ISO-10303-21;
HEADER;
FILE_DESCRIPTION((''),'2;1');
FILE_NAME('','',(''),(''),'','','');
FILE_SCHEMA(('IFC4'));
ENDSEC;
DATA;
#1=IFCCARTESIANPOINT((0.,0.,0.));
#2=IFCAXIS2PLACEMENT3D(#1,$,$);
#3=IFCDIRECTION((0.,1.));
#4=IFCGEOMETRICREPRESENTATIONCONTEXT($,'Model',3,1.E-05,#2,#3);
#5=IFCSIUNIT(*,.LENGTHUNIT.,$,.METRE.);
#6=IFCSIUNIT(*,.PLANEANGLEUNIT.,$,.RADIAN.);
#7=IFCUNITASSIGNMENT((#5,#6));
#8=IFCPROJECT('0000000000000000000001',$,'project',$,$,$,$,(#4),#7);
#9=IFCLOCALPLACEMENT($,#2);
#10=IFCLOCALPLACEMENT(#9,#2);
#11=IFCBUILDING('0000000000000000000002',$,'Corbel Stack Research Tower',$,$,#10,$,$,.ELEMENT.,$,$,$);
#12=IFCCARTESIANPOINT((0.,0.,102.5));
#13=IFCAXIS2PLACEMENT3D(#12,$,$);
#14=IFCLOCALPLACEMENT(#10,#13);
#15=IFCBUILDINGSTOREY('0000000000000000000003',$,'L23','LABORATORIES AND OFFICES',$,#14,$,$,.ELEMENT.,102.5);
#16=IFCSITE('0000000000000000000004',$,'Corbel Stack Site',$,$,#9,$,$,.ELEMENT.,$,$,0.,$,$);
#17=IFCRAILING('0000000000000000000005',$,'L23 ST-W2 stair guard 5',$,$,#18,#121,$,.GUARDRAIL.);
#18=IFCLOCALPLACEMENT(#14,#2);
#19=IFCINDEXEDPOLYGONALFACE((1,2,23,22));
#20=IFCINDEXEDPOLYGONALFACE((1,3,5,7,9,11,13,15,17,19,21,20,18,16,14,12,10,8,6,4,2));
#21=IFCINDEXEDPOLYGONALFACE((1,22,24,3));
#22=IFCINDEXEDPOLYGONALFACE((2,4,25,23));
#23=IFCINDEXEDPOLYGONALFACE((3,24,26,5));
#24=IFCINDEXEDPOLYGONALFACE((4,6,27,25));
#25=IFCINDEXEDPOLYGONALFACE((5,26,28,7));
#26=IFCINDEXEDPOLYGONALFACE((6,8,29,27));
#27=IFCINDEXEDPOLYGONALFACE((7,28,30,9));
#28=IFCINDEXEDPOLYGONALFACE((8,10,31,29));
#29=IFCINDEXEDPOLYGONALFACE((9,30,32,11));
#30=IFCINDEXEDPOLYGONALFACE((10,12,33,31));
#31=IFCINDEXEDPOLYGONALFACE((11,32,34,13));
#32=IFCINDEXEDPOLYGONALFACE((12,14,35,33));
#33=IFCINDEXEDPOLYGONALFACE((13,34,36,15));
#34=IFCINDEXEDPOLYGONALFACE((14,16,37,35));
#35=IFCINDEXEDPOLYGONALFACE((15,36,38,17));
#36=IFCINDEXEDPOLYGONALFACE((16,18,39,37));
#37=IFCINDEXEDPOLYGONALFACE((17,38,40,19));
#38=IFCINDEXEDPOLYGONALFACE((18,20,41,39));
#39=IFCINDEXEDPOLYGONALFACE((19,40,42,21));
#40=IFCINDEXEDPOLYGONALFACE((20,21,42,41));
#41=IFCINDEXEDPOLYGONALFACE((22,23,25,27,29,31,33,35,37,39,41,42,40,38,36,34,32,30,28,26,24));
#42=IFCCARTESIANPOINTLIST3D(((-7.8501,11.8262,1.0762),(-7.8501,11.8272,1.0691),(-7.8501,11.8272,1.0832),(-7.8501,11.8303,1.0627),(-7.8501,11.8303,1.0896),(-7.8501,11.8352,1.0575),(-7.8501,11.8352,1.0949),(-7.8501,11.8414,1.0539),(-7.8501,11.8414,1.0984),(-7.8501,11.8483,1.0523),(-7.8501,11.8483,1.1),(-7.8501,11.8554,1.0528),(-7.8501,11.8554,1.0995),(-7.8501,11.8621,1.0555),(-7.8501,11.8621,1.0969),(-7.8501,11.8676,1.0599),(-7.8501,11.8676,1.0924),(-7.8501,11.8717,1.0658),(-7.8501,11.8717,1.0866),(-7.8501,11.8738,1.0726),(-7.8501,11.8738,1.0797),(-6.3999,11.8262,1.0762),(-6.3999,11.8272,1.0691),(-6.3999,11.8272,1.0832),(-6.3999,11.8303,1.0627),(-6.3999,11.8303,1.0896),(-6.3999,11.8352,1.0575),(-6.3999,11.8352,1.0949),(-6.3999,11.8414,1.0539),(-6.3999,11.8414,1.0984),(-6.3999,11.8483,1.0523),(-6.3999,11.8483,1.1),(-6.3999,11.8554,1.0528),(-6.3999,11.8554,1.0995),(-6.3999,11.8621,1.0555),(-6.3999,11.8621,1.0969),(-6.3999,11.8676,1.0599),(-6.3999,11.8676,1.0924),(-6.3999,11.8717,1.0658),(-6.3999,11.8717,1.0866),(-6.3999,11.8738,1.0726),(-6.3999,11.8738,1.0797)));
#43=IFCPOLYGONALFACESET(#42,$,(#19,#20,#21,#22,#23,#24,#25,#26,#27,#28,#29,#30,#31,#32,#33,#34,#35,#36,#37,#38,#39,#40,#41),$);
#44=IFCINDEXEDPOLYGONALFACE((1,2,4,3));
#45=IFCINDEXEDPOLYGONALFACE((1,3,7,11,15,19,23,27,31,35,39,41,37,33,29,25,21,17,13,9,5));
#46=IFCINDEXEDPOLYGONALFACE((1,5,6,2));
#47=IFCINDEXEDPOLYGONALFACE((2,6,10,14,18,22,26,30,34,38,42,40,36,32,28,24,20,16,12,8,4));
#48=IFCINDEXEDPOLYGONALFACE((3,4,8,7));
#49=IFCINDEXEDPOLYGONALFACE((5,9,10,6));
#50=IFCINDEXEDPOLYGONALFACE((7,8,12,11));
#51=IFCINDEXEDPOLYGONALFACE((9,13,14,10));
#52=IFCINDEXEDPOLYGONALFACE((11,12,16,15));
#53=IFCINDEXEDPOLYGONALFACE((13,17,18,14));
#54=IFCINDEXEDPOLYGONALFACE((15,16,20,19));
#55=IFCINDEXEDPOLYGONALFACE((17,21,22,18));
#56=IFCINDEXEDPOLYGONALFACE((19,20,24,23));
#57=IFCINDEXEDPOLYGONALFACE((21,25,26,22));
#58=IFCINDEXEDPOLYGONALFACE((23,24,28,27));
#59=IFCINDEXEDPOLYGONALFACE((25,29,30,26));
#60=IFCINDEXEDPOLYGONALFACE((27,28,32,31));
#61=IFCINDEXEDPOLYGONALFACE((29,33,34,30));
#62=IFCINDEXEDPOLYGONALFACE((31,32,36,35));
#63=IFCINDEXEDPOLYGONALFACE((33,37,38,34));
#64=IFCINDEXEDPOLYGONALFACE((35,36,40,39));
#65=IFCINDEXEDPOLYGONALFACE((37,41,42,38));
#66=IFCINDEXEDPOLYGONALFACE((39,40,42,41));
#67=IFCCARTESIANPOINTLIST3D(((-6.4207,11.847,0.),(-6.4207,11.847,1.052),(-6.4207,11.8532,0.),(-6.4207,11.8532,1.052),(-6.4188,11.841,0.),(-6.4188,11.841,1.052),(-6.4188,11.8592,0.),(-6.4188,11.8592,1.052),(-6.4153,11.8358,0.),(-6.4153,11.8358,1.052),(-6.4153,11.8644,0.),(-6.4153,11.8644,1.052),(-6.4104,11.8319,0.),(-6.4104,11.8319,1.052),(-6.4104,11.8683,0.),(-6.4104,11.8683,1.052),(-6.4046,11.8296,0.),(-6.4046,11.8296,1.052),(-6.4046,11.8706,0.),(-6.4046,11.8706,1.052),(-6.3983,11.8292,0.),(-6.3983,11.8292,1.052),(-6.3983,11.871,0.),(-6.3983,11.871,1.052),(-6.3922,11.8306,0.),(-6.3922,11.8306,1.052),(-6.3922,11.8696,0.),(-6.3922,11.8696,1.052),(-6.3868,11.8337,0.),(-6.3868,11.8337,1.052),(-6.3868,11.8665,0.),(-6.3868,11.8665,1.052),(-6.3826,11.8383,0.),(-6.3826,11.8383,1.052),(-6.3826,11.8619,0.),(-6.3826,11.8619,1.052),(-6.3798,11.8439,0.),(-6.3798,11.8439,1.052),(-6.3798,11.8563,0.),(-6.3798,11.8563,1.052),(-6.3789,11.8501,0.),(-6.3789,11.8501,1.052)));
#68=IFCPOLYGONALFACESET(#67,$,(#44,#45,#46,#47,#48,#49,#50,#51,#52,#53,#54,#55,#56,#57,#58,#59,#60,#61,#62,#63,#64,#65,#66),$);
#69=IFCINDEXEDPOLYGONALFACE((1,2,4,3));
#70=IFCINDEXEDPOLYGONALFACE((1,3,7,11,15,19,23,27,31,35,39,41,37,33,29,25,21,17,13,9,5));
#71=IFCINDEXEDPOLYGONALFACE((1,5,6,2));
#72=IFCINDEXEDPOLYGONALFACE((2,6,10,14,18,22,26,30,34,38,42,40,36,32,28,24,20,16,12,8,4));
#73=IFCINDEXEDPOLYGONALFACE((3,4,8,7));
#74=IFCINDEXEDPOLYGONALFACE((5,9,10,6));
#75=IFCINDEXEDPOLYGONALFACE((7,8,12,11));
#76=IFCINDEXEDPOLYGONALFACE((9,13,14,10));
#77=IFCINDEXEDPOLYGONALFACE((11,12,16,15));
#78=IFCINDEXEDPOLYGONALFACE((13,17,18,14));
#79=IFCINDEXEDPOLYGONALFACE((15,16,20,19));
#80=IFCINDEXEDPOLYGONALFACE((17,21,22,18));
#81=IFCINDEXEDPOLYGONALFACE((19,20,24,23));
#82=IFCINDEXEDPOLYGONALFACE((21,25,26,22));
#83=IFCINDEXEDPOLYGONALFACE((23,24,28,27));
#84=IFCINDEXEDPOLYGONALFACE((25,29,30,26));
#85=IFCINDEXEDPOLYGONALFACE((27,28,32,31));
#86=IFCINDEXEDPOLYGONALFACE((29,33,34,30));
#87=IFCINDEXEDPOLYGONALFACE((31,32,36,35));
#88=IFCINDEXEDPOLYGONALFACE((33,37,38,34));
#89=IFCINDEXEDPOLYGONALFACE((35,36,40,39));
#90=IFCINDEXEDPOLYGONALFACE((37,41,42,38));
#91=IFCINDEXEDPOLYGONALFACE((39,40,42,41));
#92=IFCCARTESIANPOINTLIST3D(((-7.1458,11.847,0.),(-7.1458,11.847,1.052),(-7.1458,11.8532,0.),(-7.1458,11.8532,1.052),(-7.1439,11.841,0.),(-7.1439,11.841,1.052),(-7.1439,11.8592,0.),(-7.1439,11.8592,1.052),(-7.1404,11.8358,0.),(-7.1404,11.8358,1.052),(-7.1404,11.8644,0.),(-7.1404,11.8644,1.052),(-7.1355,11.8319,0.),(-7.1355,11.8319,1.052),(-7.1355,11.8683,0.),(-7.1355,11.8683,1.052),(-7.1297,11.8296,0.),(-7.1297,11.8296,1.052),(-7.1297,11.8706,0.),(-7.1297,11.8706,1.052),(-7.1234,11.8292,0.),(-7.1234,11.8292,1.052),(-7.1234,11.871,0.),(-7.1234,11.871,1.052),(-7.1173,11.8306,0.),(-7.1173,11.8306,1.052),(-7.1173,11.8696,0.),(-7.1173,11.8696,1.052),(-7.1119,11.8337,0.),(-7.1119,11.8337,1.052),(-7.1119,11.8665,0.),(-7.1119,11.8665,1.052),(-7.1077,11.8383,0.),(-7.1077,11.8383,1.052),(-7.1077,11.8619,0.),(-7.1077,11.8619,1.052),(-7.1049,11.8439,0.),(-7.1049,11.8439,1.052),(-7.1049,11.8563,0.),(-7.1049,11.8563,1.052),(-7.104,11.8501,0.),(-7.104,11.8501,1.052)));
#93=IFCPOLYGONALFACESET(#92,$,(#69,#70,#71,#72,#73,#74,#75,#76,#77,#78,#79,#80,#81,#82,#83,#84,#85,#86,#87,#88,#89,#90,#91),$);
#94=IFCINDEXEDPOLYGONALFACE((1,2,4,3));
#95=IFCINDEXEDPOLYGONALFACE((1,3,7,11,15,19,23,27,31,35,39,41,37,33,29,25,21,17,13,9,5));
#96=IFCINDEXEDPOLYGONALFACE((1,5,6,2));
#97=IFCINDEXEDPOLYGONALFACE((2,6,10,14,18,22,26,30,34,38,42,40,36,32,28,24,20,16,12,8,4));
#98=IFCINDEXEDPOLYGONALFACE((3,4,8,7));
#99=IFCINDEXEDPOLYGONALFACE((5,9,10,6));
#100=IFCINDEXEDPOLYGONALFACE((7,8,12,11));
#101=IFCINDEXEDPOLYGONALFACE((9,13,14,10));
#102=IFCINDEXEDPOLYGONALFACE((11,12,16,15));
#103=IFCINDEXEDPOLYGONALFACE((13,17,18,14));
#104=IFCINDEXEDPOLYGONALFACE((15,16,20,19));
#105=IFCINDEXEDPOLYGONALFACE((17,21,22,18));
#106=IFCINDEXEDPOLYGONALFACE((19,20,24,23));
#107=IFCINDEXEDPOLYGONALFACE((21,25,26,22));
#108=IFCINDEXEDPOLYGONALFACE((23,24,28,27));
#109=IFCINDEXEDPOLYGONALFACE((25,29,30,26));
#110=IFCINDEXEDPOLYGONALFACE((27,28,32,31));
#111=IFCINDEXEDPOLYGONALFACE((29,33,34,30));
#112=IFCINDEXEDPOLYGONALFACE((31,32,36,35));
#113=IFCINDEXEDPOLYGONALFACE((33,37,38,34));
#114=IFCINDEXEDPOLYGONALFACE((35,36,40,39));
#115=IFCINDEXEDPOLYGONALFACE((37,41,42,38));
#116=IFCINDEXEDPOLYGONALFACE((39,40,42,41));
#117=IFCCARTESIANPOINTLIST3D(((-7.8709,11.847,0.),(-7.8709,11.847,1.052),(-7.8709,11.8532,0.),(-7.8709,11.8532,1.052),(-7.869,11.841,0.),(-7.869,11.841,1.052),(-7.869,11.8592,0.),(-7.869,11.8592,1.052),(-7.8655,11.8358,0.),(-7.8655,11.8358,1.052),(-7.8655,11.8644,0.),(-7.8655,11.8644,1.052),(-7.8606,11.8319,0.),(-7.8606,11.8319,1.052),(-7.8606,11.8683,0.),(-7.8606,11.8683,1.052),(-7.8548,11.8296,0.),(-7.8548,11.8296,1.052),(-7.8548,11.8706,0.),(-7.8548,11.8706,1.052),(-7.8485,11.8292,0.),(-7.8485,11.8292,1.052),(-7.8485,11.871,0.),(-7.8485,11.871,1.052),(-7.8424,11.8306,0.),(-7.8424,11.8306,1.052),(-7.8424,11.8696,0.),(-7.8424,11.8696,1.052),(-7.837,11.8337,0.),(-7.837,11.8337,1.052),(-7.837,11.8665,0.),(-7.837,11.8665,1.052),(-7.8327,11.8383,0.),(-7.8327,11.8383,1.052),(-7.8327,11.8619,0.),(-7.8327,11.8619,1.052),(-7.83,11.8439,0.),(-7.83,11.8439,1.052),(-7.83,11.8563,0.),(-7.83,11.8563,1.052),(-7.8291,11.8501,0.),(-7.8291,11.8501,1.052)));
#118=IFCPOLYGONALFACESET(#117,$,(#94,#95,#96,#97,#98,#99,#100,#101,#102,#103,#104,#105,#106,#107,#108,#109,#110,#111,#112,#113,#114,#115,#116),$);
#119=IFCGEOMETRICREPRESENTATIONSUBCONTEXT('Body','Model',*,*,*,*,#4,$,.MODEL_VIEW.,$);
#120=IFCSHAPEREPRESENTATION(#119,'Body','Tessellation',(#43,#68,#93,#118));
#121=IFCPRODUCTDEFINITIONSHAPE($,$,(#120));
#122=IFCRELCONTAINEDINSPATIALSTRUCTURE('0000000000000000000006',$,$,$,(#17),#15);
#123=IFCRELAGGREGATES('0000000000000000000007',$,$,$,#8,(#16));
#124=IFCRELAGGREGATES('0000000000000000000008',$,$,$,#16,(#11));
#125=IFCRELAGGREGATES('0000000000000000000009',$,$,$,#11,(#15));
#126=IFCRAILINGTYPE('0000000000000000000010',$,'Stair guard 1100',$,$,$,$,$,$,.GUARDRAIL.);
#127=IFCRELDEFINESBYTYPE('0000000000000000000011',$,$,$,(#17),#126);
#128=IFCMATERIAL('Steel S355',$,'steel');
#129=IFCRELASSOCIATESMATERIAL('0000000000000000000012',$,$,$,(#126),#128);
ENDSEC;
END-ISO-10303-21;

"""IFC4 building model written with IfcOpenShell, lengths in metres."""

from ifc_helpers import new_model, si_unit, direction, frame, origin, origin_2d, place, context, subcontext, project, spatial, circle, extrude, material, type_object, element, save


model = new_model("IFC4")

# Units and contexts
model_context = context("Model", 3, precision=1e-05, world=origin(), true_north=direction((0.0, 1.0)))
body_context = subcontext(model_context, "Body", "Model", "MODEL_VIEW")
ifc_project = project(units=[si_unit("LENGTHUNIT", "METRE"), si_unit("PLANEANGLEUNIT", "RADIAN")], contexts=[model_context])

# Site, building, storey
site_placement = place(None, origin())
site = spatial("IfcSite", under=ifc_project, at=site_placement, Name="Corbel Stack Site", CompositionType="ELEMENT", RefElevation=0.0)
building_placement = place(site_placement, origin())
building = spatial("IfcBuilding", under=site, at=building_placement, Name="Corbel Stack Research Tower", CompositionType="ELEMENT")
storey_placement = place(building_placement, frame((0.0, 0.0, 102.5)))
storey = spatial("IfcBuildingStorey", under=building, at=storey_placement, Name="L23", Description="LABORATORIES AND OFFICES", CompositionType="ELEMENT", Elevation=102.5)

# Railing
ifc_material_1 = material(Name="Steel S355", Category="steel")
railing_type_1 = type_object("IfcRailingType", Name="Stair guard 1100", PredefinedType="GUARDRAIL", material=ifc_material_1)
railing_1_placement = place(storey_placement, frame((-6.3999, 11.8501, 0.0)))
element("IfcRailing", 1, at=railing_1_placement, inside=storey, type_object=railing_type_1, Name="L23 ST-W2 stair guard 5", PredefinedType="GUARDRAIL", context=body_context, shape_type="SweptSolid", body=[
    extrude(circle(Radius=0.0239, at=origin_2d()), frame((0.0, 0.0, 1.0762), z_axis=(-1.0, 0.0, 0.0), x_axis=(0.0, -1.0, 0.0)), (0.0, 0.0, 1.0), 1.4502),
    extrude(circle(Radius=0.021, at=origin_2d()), origin(), (0.0, 0.0, 1.0), 1.052),
    extrude(circle(Radius=0.021, at=origin_2d()), frame((-0.7251, 0.0, 0.0)), (0.0, 0.0, 1.0), 1.052),
    extrude(circle(Radius=0.021, at=origin_2d()), frame((-1.4502, 0.0, 0.0)), (0.0, 0.0, 1.0), 1.052),
])

save(model, "model.ifc")
